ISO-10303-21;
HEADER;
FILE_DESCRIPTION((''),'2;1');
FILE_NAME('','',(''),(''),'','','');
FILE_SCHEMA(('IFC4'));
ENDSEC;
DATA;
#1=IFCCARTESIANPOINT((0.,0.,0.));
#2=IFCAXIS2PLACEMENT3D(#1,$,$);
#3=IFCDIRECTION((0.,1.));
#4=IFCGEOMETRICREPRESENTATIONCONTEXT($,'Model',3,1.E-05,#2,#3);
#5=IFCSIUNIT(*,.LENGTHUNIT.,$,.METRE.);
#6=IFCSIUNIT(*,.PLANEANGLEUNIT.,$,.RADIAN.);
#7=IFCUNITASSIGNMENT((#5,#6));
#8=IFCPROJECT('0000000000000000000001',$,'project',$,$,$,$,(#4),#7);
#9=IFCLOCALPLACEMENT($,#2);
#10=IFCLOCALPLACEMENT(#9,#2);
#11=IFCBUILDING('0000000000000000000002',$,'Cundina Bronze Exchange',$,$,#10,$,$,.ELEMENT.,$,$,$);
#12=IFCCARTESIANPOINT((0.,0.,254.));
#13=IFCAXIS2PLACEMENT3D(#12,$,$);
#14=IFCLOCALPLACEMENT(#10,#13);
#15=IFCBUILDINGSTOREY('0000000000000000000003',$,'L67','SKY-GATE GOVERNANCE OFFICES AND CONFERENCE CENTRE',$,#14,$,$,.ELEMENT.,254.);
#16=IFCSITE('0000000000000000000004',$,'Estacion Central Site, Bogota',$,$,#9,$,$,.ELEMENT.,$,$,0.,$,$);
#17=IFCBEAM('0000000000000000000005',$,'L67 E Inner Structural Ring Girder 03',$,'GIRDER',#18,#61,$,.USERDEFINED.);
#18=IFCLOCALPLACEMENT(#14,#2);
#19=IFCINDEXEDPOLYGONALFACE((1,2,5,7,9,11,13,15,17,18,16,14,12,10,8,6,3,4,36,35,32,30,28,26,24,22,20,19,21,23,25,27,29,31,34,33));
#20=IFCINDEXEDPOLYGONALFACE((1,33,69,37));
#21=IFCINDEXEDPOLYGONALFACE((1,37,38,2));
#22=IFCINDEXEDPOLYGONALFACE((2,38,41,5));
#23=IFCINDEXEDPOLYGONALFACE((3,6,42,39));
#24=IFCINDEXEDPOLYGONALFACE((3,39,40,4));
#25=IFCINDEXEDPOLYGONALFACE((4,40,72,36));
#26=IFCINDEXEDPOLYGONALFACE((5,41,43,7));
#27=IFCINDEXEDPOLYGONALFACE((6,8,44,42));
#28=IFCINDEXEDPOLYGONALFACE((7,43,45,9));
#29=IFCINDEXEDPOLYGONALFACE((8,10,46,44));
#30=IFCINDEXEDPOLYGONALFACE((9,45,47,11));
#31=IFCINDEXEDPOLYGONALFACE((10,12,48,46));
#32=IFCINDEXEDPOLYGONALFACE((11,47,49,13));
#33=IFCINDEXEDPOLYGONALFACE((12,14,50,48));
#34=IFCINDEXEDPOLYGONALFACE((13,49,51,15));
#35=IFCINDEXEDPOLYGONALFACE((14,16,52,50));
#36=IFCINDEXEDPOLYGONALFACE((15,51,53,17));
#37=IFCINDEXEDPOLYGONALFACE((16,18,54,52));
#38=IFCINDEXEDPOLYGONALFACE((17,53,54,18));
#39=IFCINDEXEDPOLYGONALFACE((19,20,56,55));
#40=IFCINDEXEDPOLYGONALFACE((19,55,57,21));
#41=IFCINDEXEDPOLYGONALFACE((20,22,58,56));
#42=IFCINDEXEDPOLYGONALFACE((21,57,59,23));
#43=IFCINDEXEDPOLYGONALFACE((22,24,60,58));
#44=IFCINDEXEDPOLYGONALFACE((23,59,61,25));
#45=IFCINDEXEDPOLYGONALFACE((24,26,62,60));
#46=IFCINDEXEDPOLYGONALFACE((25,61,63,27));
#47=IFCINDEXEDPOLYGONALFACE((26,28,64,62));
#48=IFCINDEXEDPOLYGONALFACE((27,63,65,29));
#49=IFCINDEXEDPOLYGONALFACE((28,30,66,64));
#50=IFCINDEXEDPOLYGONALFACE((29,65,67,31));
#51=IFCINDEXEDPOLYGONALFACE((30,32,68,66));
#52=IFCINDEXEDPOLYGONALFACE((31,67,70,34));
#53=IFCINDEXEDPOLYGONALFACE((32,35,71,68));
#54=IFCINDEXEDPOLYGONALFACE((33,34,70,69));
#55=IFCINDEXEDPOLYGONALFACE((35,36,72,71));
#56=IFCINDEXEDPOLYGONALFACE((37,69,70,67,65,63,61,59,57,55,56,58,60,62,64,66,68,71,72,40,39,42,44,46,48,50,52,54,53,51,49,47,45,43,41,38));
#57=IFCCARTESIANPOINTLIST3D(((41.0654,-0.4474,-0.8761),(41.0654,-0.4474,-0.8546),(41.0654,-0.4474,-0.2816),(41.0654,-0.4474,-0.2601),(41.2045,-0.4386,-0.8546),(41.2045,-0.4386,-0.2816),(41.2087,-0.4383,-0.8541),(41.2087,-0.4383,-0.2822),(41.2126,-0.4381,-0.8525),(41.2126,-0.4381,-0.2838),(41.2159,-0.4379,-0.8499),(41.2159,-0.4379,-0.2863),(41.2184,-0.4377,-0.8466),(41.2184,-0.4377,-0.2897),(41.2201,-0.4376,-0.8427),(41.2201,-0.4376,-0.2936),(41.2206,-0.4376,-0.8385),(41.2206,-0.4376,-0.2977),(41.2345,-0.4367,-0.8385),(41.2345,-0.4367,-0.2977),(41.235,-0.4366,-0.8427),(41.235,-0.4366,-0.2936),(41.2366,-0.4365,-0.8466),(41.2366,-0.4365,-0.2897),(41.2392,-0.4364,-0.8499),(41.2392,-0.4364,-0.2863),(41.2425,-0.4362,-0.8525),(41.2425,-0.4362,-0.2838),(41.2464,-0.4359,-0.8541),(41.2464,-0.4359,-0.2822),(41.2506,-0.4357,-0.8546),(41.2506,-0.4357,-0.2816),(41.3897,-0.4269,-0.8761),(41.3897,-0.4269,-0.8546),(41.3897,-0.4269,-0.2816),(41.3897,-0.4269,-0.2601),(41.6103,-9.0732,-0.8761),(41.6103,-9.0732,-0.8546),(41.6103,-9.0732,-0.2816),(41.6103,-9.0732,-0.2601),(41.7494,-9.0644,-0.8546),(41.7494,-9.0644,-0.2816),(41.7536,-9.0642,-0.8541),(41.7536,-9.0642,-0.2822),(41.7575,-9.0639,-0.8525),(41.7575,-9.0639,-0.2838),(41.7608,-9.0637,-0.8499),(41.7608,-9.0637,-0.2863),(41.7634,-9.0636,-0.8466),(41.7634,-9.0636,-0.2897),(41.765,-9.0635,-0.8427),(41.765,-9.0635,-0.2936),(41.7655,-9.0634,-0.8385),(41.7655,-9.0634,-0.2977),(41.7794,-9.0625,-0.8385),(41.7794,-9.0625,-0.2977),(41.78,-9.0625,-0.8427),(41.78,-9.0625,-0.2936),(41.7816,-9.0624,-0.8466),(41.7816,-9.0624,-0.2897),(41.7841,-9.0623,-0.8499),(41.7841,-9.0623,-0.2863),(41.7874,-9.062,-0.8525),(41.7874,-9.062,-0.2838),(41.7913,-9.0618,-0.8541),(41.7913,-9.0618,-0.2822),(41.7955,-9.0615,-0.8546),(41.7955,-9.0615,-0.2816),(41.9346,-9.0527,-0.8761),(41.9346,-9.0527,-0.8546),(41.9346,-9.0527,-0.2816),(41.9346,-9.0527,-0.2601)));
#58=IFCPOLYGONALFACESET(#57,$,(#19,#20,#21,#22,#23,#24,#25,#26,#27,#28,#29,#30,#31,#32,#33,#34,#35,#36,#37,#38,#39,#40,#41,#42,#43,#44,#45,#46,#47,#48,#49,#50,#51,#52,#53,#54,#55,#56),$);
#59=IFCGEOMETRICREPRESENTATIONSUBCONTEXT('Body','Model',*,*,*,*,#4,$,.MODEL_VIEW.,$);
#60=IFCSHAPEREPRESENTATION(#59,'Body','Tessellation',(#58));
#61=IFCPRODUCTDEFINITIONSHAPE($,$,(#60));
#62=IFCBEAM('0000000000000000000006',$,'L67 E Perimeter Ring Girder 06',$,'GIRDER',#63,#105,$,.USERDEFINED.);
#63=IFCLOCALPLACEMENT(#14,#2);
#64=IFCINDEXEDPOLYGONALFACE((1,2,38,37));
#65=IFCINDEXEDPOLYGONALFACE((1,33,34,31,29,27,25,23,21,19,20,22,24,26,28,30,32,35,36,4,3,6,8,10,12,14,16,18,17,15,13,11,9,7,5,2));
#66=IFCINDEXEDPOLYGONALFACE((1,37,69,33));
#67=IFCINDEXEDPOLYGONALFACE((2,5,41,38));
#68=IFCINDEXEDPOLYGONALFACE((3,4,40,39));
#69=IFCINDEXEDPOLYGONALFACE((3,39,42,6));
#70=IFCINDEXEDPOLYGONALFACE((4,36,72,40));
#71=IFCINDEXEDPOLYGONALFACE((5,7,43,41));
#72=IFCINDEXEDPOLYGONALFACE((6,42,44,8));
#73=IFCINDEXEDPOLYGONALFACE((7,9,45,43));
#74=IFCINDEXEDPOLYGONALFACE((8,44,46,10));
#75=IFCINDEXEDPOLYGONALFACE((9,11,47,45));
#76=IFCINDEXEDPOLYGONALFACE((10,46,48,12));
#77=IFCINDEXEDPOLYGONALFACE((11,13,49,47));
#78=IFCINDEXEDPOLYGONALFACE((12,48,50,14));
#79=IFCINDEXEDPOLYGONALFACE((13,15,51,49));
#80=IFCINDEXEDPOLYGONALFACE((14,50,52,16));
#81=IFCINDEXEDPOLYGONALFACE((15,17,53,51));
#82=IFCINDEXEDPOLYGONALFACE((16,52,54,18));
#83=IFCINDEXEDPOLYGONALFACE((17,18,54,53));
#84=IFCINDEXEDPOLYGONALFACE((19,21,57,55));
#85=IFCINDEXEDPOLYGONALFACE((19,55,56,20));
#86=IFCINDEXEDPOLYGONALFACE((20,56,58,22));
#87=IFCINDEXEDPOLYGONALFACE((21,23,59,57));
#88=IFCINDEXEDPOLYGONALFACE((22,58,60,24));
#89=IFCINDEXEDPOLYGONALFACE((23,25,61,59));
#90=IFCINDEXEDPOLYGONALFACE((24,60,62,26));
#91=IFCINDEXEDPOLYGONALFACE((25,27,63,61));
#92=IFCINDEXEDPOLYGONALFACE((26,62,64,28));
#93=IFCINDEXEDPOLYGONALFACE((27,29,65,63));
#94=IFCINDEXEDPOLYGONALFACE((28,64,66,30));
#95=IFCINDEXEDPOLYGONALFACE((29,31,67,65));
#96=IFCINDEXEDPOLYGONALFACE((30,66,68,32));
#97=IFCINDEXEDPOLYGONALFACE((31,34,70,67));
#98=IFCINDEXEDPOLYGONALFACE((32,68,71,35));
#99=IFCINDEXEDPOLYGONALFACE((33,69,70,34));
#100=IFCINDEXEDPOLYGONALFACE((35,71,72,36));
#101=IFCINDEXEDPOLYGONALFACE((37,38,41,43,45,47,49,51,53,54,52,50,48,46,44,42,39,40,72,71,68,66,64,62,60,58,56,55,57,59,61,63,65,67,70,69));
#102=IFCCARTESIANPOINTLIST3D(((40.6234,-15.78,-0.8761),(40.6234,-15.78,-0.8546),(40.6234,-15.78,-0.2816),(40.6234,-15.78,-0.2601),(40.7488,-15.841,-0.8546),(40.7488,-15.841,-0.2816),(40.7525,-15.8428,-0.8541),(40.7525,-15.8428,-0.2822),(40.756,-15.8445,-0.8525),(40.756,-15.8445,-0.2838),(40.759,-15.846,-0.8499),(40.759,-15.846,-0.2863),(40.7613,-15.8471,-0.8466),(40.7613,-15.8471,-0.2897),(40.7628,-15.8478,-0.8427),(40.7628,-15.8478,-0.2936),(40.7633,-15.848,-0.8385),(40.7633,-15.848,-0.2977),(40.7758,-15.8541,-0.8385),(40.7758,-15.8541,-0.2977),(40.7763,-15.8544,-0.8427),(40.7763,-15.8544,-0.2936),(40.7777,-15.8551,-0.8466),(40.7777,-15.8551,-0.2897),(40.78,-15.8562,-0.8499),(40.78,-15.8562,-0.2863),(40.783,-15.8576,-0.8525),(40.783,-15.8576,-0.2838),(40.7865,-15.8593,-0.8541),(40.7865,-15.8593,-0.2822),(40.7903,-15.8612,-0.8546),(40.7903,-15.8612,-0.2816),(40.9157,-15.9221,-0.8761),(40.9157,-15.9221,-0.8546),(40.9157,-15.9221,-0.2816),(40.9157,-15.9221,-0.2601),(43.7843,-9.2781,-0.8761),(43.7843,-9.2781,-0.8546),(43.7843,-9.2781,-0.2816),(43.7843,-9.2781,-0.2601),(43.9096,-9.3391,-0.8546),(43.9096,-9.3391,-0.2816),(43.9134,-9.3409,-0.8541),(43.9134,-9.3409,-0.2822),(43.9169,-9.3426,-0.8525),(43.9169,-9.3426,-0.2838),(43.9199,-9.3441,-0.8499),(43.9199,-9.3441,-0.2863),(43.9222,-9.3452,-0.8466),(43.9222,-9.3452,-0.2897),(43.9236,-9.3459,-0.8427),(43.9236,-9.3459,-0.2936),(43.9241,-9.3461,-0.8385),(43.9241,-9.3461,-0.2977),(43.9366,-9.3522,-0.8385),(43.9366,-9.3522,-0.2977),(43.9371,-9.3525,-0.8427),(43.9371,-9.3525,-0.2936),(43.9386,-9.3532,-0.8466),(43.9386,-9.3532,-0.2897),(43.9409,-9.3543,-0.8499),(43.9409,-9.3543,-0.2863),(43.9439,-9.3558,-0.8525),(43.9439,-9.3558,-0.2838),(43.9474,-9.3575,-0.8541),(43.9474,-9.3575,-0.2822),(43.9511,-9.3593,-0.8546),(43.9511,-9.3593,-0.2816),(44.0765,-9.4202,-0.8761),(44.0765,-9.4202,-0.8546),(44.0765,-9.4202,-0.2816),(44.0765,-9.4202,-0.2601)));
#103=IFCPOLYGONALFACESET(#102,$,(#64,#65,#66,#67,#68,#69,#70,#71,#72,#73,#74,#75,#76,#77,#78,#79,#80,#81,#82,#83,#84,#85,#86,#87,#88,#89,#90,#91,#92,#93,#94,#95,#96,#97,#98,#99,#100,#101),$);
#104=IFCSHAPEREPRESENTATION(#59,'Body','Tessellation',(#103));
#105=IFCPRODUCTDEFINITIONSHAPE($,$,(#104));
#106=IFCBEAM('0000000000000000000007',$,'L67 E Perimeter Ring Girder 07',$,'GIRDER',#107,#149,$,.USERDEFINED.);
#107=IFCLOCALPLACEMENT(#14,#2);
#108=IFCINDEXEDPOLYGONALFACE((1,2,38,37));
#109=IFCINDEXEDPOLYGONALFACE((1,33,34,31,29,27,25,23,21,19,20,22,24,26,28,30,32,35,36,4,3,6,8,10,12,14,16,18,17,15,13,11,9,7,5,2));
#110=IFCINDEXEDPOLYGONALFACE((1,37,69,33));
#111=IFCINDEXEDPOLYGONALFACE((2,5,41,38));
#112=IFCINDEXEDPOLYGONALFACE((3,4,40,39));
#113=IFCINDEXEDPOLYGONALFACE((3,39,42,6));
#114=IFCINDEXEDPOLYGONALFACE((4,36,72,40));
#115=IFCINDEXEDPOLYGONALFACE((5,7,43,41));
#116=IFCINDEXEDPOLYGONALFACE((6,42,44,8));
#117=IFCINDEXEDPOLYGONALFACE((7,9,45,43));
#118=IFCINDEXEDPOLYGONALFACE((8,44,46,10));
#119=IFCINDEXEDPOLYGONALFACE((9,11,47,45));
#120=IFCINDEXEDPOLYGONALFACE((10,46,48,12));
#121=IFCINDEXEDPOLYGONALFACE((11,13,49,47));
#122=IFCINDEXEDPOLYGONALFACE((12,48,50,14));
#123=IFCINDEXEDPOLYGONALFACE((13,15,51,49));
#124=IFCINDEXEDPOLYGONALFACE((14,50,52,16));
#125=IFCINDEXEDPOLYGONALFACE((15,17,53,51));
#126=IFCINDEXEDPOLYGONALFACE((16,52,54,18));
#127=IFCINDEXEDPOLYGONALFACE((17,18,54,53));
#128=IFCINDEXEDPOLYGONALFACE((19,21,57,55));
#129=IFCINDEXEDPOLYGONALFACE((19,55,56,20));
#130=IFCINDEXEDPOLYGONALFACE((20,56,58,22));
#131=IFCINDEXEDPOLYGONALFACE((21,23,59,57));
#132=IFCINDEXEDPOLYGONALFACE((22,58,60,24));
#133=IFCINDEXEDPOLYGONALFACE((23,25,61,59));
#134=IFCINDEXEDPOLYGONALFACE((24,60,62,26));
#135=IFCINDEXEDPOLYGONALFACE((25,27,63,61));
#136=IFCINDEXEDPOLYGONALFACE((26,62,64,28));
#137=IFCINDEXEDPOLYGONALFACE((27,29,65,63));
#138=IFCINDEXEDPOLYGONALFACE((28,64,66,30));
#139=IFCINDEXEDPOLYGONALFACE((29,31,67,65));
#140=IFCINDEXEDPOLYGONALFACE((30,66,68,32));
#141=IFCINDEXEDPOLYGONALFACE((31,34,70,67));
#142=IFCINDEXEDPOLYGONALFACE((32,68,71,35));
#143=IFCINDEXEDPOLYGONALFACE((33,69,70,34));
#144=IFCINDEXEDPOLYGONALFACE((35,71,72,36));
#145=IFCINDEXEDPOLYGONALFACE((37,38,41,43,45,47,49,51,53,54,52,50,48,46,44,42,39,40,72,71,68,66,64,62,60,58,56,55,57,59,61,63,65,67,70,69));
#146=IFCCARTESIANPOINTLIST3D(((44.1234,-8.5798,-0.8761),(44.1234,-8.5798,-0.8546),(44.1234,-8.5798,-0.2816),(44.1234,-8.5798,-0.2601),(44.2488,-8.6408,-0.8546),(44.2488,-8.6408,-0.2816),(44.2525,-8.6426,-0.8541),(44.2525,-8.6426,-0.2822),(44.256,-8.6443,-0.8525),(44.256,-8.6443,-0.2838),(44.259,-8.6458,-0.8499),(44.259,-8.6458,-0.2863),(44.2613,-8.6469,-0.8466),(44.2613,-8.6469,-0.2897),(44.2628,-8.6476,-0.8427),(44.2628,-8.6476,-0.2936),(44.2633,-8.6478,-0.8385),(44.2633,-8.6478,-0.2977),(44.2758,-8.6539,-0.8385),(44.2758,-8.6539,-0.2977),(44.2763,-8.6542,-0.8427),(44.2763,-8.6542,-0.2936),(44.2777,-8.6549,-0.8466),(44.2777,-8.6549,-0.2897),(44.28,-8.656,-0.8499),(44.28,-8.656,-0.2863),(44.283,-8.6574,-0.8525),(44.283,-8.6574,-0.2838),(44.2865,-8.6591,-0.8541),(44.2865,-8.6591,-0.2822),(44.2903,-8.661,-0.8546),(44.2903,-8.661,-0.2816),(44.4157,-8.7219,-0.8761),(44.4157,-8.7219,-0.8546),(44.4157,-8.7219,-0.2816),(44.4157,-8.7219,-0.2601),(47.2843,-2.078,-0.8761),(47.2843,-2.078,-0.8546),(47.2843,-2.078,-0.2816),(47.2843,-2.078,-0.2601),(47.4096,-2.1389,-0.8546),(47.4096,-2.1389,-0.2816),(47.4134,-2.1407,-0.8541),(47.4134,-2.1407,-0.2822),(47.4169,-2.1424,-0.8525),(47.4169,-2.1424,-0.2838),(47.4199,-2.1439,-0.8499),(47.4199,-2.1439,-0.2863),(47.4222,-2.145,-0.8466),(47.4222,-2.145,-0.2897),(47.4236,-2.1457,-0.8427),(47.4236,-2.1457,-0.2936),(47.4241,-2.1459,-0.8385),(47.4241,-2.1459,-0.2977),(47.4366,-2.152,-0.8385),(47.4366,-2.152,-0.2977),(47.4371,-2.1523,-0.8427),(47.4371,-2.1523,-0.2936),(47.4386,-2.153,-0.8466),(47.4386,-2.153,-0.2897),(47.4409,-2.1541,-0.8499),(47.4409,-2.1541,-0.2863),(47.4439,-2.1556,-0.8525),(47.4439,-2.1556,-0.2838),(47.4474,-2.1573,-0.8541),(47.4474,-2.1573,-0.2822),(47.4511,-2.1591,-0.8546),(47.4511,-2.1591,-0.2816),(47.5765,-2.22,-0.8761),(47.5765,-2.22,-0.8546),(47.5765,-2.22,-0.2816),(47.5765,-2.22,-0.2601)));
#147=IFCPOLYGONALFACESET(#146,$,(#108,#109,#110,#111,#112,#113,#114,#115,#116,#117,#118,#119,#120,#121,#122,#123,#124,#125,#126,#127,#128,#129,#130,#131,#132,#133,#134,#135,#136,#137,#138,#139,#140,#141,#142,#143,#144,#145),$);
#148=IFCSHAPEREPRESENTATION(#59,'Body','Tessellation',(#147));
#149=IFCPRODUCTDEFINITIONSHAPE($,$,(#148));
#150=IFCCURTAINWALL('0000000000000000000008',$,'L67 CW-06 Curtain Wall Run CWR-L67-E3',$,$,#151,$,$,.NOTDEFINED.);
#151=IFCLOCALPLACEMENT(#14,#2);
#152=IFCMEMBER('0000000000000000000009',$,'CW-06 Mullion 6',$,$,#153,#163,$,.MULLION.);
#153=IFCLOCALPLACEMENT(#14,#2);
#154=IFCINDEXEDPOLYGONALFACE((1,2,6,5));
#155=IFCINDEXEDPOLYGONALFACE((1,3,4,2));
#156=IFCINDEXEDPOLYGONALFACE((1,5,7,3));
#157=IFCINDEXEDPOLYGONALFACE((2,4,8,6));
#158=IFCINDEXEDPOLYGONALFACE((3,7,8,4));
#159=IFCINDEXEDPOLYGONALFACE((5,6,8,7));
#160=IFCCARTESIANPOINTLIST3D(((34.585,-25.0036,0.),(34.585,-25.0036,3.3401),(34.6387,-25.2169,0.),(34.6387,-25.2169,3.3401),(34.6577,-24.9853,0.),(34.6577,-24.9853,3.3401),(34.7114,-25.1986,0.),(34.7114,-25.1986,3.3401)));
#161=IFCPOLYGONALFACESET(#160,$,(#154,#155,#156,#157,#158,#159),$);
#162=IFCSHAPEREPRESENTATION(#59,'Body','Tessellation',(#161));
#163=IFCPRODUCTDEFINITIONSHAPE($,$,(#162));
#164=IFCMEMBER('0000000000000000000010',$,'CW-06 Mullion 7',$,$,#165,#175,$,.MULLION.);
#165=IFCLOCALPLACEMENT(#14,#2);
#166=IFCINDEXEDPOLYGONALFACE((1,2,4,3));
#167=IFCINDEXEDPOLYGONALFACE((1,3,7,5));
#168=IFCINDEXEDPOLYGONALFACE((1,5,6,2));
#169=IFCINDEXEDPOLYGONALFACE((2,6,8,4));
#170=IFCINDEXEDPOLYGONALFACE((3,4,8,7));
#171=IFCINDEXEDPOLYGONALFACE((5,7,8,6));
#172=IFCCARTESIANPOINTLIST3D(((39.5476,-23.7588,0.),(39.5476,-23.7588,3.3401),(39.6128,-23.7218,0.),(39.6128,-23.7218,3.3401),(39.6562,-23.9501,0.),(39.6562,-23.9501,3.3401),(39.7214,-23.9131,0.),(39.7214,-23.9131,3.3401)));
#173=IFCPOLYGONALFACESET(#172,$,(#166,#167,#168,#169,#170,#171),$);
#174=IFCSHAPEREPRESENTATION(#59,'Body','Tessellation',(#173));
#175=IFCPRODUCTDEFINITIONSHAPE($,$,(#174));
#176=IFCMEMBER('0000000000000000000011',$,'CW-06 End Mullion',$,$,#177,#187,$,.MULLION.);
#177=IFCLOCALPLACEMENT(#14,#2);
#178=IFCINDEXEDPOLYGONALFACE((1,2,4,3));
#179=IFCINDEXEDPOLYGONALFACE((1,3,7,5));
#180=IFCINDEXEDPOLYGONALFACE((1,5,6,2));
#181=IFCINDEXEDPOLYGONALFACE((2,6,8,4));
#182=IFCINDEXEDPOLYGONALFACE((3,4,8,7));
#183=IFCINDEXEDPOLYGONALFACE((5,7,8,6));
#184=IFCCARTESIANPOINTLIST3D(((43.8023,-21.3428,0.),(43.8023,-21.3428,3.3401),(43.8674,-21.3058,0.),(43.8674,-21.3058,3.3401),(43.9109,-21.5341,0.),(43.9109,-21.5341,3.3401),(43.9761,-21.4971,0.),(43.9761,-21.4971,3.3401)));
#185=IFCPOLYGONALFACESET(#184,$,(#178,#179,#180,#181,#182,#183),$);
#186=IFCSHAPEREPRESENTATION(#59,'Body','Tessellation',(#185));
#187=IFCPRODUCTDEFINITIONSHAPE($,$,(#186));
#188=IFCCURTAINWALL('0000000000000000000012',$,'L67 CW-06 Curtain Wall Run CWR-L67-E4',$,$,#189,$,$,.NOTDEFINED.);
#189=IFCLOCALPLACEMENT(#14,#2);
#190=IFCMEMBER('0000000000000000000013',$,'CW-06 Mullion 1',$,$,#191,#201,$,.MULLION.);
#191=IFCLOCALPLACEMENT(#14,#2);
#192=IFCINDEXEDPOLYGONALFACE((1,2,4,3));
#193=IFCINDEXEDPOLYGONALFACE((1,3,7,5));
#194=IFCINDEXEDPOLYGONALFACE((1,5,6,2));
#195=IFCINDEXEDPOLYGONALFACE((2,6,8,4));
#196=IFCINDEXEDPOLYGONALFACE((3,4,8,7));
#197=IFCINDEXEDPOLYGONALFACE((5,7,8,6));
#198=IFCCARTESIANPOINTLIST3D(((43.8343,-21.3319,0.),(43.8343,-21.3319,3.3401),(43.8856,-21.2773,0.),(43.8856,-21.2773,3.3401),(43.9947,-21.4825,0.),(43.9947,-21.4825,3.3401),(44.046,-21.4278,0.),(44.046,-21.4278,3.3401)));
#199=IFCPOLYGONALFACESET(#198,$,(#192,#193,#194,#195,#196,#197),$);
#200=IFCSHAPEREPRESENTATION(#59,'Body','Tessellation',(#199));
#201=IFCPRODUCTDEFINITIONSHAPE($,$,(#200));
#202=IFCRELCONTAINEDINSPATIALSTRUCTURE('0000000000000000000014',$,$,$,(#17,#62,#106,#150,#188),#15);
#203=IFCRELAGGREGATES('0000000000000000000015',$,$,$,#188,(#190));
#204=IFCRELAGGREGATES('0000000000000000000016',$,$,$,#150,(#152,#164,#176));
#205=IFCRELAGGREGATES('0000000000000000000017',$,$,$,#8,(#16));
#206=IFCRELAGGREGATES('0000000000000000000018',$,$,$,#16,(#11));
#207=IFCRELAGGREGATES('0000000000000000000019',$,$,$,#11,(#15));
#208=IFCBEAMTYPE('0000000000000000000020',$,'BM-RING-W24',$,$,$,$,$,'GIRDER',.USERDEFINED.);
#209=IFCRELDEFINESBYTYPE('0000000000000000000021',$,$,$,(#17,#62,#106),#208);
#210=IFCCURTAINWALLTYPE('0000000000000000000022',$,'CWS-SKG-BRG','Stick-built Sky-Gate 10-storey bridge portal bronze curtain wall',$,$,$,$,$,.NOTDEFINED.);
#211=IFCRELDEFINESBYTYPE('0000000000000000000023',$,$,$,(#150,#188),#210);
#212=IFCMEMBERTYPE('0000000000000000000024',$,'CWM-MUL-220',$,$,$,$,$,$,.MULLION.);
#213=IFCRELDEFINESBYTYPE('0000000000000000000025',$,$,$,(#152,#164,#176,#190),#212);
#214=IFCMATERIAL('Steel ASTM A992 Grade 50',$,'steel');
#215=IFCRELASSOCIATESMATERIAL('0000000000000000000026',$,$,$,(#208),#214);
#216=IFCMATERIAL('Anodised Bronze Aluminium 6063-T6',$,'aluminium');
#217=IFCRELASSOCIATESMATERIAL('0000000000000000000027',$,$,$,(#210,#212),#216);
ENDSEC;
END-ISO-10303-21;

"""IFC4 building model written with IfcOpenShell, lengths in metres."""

from ifc_helpers import new_model, si_unit, direction, frame, origin, origin_2d, place, context, subcontext, project, spatial, rectangle, i_section, extrude, material, material_profile, profile_set, type_object, element, aggregate, save


model = new_model("IFC4")

# Units and contexts
model_context = context("Model", 3, precision=1e-05, world=origin(), true_north=direction((0.0, 1.0)))
body_context = subcontext(model_context, "Body", "Model", "MODEL_VIEW")
ifc_project = project(units=[si_unit("LENGTHUNIT", "METRE"), si_unit("PLANEANGLEUNIT", "RADIAN")], contexts=[model_context])

# Site, building, storey
site_placement = place(None, origin())
site = spatial("IfcSite", under=ifc_project, at=site_placement, Name="Estacion Central Site, Bogota", CompositionType="ELEMENT", RefElevation=0.0)
building_placement = place(site_placement, origin())
building = spatial("IfcBuilding", under=site, at=building_placement, Name="Cundina Bronze Exchange", CompositionType="ELEMENT")
storey_placement = place(building_placement, frame((0.0, 0.0, 254.0)))
storey = spatial("IfcBuildingStorey", under=building, at=storey_placement, Name="L67", Description="SKY-GATE GOVERNANCE OFFICES AND CONFERENCE CENTRE", CompositionType="ELEMENT", Elevation=254.0)

# Beams
ifc_material_1 = material(Name="Steel ASTM A992 Grade 50", Category="steel")
ifc_material_profile_1 = material_profile(ifc_material_1, i_section(OverallWidth=0.325, OverallDepth=0.616, WebThickness=0.0139, FlangeThickness=0.0215, FilletRadius=0.0161, at=origin_2d()), Name="W24X117", Category="steel")
ifc_profile_set_1 = profile_set([ifc_material_profile_1], Name="Steel ASTM A992 Grade 50")
beam_type_1 = type_object("IfcBeamType", Name="BM-RING-W24", ElementType="GIRDER", PredefinedType="USERDEFINED", material=ifc_profile_set_1)
beam_1_placement = place(storey_placement, frame((41.7725, -9.063, -0.5681), z_axis=(-0.063047, 0.998011, 0.0), x_axis=(-0.998011, -0.063047, 0.0)))
element("IfcBeam", 1, at=beam_1_placement, inside=storey, type_object=beam_type_1, Name="L67 E Inner Structural Ring Girder 03", ObjectType="GIRDER", PredefinedType="USERDEFINED", context=body_context, shape_type="SweptSolid", body=[
    extrude(i_section(OverallWidth=0.325, OverallDepth=0.616, WebThickness=0.0139, FlangeThickness=0.0215, FilletRadius=0.0161, at=origin_2d()), origin(), (0.0, 0.0, 1.0), 8.6431),
])
for number, where, z_axis, x_axis, name in (
    (2, (40.7695, -15.8511, -0.5681), (0.437217, 0.899356, 0.0), (-0.899356, 0.437217, 0.0), "L67 E Perimeter Ring Girder 06"),
    (3, (44.2695, -8.6509, -0.5681), (0.437217, 0.899356, 0.0), (-0.899356, 0.437217, 0.0), "L67 E Perimeter Ring Girder 07"),
):
    element("IfcBeam", number, at=place(storey_placement, frame(where, z_axis=z_axis, x_axis=x_axis)), inside=storey, type_object=beam_type_1, Name=name, ObjectType="GIRDER", PredefinedType="USERDEFINED", context=body_context, shape_type="SweptSolid", body=[
        extrude(i_section(OverallWidth=0.325, OverallDepth=0.616, WebThickness=0.0139, FlangeThickness=0.0215, FilletRadius=0.0161, at=origin_2d()), origin(), (0.0, 0.0, 1.0), 7.2295),
    ])

# Curtain walls, members
ifc_material_2 = material(Name="Anodised Bronze Aluminium 6063-T6", Category="aluminium")
curtain_wall_type = type_object("IfcCurtainWallType", Name="CWS-SKG-BRG", Description="Stick-built Sky-Gate 10-storey bridge portal bronze curtain wall", PredefinedType="NOTDEFINED", material=ifc_material_2)
curtain_wall_1_placement = place(storey_placement, origin())
curtain_wall_1 = element("IfcCurtainWall", 4, at=curtain_wall_1_placement, inside=storey, type_object=curtain_wall_type, Name="L67 CW-06 Curtain Wall Run CWR-L67-E3", PredefinedType="NOTDEFINED")
ifc_material_profile_2 = material_profile(ifc_material_2, rectangle(XDim=0.075, YDim=0.22, at=origin_2d()), Name="AL75X220", Category="aluminium")
ifc_profile_set_2 = profile_set([ifc_material_profile_2], Name="Anodised Bronze Aluminium 6063-T6")
member_type_1 = type_object("IfcMemberType", Name="CWM-MUL-220", PredefinedType="MULLION", material=ifc_profile_set_2)
member_1_placement = place(storey_placement, frame((34.6482, -25.1011, 0.0), z_axis=(0.0, 0.0, 1.0), x_axis=(0.969744, 0.244123, 0.0)))
member_1 = element("IfcMember", 5, at=member_1_placement, type_object=member_type_1, Name="CW-06 Mullion 6", PredefinedType="MULLION", context=body_context, shape_type="SweptSolid", body=[
    extrude(rectangle(XDim=0.075, YDim=0.22, at=origin_2d()), origin(), (0.0, 0.0, 1.0), 3.3401),
])
member_2_placement = place(storey_placement, frame((39.6345, -23.8359, 0.0), z_axis=(0.0, 0.0, 1.0), x_axis=(0.869581, 0.49379, 0.0)))
member_2 = element("IfcMember", 6, at=member_2_placement, type_object=member_type_1, Name="CW-06 Mullion 7", PredefinedType="MULLION", context=body_context, shape_type="SweptSolid", body=[
    extrude(rectangle(XDim=0.075, YDim=0.22, at=origin_2d()), origin(), (0.0, 0.0, 1.0), 3.3401),
])
member_3_placement = place(storey_placement, frame((43.8892, -21.4199, 0.0), z_axis=(0.0, 0.0, 1.0), x_axis=(0.869581, 0.49379, 0.0)))
member_3 = element("IfcMember", 7, at=member_3_placement, type_object=member_type_1, Name="CW-06 End Mullion", PredefinedType="MULLION", context=body_context, shape_type="SweptSolid", body=[
    extrude(rectangle(XDim=0.075, YDim=0.22, at=origin_2d()), origin(), (0.0, 0.0, 1.0), 3.3401),
])
curtain_wall_2_placement = place(storey_placement, origin())
curtain_wall_2 = element("IfcCurtainWall", 8, at=curtain_wall_2_placement, inside=storey, type_object=curtain_wall_type, Name="L67 CW-06 Curtain Wall Run CWR-L67-E4", PredefinedType="NOTDEFINED")
member_4_placement = place(storey_placement, frame((43.9402, -21.3799, 0.0), z_axis=(0.0, 0.0, 1.0), x_axis=(0.684293, 0.729208, 0.0)))
member_4 = element("IfcMember", 9, at=member_4_placement, type_object=member_type_1, Name="CW-06 Mullion 1", PredefinedType="MULLION", context=body_context, shape_type="SweptSolid", body=[
    extrude(rectangle(XDim=0.075, YDim=0.22, at=origin_2d()), origin(), (0.0, 0.0, 1.0), 3.3401),
])

aggregate(curtain_wall_2, [member_4])
aggregate(curtain_wall_1, [member_1, member_2, member_3])

save(model, "model.ifc")
